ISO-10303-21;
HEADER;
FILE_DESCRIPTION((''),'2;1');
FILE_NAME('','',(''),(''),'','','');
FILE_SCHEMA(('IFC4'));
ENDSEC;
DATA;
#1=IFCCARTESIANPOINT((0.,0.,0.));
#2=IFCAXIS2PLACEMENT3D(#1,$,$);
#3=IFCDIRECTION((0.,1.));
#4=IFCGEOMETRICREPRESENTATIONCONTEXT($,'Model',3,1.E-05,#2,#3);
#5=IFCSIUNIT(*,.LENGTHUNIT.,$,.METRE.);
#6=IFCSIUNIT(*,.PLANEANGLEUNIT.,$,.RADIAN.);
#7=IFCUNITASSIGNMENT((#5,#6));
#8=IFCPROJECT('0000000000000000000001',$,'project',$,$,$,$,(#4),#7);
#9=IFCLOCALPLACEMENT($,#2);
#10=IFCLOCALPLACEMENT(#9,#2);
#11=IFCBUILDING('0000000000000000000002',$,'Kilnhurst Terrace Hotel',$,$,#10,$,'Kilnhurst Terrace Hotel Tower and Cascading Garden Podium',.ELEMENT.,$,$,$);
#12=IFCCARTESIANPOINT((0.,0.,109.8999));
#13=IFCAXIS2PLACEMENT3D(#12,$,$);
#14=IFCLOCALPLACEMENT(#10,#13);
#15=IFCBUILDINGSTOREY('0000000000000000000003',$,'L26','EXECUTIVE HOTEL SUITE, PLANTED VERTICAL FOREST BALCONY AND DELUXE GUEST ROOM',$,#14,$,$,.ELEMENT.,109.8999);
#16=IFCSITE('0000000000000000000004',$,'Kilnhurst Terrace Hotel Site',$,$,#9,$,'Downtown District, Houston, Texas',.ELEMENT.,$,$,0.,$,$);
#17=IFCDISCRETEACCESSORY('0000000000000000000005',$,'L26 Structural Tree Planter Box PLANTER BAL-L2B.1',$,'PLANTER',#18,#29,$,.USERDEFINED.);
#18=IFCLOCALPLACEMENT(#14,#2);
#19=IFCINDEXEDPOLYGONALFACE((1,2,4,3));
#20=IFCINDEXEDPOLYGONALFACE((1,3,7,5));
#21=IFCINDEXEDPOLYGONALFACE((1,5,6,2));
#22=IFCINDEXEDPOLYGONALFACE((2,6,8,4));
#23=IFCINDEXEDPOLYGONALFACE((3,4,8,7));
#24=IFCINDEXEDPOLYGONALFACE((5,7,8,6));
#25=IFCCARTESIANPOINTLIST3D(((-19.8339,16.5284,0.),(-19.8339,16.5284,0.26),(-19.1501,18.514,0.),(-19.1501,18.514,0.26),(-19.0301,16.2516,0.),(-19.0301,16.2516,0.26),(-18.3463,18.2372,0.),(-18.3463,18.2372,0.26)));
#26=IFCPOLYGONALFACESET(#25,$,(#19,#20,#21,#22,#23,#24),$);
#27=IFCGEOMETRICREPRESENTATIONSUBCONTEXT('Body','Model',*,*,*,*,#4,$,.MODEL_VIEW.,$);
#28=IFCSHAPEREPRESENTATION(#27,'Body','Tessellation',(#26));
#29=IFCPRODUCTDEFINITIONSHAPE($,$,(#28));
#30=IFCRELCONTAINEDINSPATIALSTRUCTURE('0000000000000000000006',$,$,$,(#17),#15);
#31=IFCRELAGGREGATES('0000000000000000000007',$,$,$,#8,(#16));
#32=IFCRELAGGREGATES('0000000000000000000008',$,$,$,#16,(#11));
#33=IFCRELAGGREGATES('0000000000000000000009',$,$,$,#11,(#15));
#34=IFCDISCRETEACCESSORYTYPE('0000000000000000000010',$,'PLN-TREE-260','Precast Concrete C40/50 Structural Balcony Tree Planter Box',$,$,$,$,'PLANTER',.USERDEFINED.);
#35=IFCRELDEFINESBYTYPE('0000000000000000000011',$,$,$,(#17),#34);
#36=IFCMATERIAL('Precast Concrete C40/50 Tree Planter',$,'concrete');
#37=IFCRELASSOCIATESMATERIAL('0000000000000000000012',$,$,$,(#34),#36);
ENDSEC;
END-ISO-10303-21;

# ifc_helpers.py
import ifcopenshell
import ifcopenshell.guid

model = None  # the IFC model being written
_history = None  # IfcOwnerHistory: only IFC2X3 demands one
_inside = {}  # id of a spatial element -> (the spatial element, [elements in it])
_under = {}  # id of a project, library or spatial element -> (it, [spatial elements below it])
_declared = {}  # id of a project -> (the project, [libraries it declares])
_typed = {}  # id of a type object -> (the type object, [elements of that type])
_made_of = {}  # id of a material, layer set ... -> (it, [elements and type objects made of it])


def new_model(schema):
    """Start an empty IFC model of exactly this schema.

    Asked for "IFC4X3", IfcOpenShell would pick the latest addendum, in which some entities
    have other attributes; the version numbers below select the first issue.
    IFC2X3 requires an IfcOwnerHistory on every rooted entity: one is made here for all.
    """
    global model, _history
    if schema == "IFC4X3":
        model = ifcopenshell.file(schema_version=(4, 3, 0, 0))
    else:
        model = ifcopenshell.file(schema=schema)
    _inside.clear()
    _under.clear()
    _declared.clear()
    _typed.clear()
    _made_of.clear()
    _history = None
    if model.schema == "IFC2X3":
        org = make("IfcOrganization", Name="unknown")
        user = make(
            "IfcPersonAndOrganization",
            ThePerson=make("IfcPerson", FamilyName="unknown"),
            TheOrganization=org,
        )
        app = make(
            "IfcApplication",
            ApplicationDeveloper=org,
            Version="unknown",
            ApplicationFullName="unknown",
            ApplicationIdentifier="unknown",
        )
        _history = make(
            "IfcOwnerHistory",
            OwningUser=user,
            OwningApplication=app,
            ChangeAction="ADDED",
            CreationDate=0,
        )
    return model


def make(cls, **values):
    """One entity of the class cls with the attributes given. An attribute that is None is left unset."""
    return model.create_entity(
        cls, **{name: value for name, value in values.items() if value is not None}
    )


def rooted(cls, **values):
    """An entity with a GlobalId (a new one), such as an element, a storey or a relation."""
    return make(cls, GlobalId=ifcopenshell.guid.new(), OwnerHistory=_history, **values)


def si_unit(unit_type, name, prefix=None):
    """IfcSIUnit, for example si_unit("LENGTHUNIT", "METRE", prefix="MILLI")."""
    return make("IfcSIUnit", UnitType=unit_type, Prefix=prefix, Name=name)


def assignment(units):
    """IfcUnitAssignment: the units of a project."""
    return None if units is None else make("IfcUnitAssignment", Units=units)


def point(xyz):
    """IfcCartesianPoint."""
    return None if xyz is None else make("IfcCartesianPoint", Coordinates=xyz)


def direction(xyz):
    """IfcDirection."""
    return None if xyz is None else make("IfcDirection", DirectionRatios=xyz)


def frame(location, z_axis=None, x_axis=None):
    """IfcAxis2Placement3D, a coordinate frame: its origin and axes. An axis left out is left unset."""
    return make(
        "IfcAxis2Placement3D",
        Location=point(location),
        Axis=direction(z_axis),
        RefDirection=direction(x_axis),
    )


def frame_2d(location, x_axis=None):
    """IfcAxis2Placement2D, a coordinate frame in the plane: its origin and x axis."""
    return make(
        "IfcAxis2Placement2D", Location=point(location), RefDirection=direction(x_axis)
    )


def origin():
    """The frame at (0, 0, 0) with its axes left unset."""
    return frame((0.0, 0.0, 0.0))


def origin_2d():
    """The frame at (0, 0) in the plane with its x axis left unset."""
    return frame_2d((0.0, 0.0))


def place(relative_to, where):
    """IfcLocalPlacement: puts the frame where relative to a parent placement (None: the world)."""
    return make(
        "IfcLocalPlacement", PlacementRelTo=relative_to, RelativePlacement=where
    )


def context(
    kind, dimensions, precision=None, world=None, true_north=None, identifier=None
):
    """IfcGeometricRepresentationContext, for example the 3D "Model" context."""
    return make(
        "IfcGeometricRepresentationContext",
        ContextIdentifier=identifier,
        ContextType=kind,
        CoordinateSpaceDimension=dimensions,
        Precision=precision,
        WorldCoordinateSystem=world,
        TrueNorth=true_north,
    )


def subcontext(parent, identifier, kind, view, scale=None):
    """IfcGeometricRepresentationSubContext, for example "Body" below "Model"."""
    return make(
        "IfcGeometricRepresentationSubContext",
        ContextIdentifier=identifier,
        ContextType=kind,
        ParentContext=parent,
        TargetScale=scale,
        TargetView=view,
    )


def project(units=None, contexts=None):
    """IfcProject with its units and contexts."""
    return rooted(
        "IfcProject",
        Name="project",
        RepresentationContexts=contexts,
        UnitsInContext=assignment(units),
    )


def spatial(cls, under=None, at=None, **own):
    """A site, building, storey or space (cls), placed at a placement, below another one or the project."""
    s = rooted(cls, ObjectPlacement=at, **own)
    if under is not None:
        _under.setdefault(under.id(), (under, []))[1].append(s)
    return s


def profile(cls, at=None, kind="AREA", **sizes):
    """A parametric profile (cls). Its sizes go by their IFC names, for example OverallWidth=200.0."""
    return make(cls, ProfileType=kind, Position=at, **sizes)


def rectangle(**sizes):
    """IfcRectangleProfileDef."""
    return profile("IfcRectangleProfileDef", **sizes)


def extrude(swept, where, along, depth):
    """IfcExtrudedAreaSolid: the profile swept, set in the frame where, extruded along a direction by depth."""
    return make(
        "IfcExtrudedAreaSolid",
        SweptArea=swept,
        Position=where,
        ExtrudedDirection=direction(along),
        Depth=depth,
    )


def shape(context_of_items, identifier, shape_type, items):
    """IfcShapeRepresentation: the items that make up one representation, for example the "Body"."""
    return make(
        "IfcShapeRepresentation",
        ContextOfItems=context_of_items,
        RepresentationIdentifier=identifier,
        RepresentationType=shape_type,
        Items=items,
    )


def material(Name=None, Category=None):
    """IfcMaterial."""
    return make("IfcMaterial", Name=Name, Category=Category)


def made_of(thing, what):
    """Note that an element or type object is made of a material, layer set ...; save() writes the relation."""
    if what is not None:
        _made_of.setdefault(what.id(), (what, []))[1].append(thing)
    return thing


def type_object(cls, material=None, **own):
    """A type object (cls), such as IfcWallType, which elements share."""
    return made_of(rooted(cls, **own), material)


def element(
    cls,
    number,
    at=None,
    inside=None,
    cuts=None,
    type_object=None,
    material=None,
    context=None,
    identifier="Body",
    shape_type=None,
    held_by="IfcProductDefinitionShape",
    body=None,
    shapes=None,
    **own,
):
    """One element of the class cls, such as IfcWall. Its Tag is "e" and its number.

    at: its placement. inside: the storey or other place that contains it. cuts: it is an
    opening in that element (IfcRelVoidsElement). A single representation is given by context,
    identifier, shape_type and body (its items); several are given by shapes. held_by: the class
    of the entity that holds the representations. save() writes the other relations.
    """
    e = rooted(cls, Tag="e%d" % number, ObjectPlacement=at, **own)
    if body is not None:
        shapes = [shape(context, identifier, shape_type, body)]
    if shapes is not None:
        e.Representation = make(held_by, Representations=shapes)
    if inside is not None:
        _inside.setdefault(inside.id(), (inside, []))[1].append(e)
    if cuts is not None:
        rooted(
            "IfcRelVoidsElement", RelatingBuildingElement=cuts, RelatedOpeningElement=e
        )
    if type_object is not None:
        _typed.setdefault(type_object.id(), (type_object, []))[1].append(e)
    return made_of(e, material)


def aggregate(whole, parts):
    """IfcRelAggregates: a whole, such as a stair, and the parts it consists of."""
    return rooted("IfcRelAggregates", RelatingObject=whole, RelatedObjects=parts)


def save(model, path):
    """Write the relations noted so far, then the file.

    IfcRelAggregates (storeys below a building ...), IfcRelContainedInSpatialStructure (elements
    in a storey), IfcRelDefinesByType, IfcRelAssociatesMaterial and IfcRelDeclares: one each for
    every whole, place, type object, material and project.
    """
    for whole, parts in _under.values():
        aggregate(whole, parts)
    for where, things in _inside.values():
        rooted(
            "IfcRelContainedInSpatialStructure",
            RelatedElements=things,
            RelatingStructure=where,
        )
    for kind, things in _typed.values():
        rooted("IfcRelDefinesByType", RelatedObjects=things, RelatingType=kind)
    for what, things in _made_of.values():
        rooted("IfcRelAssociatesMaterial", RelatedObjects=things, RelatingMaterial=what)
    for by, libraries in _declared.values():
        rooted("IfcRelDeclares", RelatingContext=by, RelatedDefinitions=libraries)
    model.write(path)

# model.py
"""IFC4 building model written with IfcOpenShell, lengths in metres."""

from ifc_helpers import new_model, si_unit, direction, frame, origin, origin_2d, place, context, subcontext, project, spatial, rectangle, extrude, material, type_object, element, save


model = new_model("IFC4")

# Units and contexts
model_context = context("Model", 3, precision=1e-05, world=origin(), true_north=direction((0.0, 1.0)))
body_context = subcontext(model_context, "Body", "Model", "MODEL_VIEW")
ifc_project = project(units=[si_unit("LENGTHUNIT", "METRE"), si_unit("PLANEANGLEUNIT", "RADIAN")], contexts=[model_context])

# Site, building, storey
site_placement = place(None, origin())
site = spatial("IfcSite", under=ifc_project, at=site_placement, Name="Kilnhurst Terrace Hotel Site", LongName="Downtown District, Houston, Texas", CompositionType="ELEMENT", RefElevation=0.0)
building_placement = place(site_placement, origin())
building = spatial("IfcBuilding", under=site, at=building_placement, Name="Kilnhurst Terrace Hotel", LongName="Kilnhurst Terrace Hotel Tower and Cascading Garden Podium", CompositionType="ELEMENT")
storey_placement = place(building_placement, frame((0.0, 0.0, 109.8999)))
storey = spatial("IfcBuildingStorey", under=building, at=storey_placement, Name="L26", Description="EXECUTIVE HOTEL SUITE, PLANTED VERTICAL FOREST BALCONY AND DELUXE GUEST ROOM", CompositionType="ELEMENT", Elevation=109.8999)

# Discrete accessory
ifc_material_1 = material(Name="Precast Concrete C40/50 Tree Planter", Category="concrete")
discrete_accessory_type_1 = type_object("IfcDiscreteAccessoryType", Name="PLN-TREE-260", Description="Precast Concrete C40/50 Structural Balcony Tree Planter Box", ElementType="PLANTER", PredefinedType="USERDEFINED", material=ifc_material_1)
discrete_accessory_1_placement = place(storey_placement, frame((-19.0901, 17.3828, 0.0), z_axis=(0.0, 0.0, 1.0), x_axis=(-0.325601, -0.945507, 0.0)))
element("IfcDiscreteAccessory", 1, at=discrete_accessory_1_placement, inside=storey, type_object=discrete_accessory_type_1, Name="L26 Structural Tree Planter Box PLANTER BAL-L2B.1", ObjectType="PLANTER", PredefinedType="USERDEFINED", context=body_context, shape_type="SweptSolid", body=[
    extrude(rectangle(XDim=2.1001, YDim=0.8501, at=origin_2d()), origin(), (0.0, 0.0, 1.0), 0.26),
])

save(model, "model.ifc")
